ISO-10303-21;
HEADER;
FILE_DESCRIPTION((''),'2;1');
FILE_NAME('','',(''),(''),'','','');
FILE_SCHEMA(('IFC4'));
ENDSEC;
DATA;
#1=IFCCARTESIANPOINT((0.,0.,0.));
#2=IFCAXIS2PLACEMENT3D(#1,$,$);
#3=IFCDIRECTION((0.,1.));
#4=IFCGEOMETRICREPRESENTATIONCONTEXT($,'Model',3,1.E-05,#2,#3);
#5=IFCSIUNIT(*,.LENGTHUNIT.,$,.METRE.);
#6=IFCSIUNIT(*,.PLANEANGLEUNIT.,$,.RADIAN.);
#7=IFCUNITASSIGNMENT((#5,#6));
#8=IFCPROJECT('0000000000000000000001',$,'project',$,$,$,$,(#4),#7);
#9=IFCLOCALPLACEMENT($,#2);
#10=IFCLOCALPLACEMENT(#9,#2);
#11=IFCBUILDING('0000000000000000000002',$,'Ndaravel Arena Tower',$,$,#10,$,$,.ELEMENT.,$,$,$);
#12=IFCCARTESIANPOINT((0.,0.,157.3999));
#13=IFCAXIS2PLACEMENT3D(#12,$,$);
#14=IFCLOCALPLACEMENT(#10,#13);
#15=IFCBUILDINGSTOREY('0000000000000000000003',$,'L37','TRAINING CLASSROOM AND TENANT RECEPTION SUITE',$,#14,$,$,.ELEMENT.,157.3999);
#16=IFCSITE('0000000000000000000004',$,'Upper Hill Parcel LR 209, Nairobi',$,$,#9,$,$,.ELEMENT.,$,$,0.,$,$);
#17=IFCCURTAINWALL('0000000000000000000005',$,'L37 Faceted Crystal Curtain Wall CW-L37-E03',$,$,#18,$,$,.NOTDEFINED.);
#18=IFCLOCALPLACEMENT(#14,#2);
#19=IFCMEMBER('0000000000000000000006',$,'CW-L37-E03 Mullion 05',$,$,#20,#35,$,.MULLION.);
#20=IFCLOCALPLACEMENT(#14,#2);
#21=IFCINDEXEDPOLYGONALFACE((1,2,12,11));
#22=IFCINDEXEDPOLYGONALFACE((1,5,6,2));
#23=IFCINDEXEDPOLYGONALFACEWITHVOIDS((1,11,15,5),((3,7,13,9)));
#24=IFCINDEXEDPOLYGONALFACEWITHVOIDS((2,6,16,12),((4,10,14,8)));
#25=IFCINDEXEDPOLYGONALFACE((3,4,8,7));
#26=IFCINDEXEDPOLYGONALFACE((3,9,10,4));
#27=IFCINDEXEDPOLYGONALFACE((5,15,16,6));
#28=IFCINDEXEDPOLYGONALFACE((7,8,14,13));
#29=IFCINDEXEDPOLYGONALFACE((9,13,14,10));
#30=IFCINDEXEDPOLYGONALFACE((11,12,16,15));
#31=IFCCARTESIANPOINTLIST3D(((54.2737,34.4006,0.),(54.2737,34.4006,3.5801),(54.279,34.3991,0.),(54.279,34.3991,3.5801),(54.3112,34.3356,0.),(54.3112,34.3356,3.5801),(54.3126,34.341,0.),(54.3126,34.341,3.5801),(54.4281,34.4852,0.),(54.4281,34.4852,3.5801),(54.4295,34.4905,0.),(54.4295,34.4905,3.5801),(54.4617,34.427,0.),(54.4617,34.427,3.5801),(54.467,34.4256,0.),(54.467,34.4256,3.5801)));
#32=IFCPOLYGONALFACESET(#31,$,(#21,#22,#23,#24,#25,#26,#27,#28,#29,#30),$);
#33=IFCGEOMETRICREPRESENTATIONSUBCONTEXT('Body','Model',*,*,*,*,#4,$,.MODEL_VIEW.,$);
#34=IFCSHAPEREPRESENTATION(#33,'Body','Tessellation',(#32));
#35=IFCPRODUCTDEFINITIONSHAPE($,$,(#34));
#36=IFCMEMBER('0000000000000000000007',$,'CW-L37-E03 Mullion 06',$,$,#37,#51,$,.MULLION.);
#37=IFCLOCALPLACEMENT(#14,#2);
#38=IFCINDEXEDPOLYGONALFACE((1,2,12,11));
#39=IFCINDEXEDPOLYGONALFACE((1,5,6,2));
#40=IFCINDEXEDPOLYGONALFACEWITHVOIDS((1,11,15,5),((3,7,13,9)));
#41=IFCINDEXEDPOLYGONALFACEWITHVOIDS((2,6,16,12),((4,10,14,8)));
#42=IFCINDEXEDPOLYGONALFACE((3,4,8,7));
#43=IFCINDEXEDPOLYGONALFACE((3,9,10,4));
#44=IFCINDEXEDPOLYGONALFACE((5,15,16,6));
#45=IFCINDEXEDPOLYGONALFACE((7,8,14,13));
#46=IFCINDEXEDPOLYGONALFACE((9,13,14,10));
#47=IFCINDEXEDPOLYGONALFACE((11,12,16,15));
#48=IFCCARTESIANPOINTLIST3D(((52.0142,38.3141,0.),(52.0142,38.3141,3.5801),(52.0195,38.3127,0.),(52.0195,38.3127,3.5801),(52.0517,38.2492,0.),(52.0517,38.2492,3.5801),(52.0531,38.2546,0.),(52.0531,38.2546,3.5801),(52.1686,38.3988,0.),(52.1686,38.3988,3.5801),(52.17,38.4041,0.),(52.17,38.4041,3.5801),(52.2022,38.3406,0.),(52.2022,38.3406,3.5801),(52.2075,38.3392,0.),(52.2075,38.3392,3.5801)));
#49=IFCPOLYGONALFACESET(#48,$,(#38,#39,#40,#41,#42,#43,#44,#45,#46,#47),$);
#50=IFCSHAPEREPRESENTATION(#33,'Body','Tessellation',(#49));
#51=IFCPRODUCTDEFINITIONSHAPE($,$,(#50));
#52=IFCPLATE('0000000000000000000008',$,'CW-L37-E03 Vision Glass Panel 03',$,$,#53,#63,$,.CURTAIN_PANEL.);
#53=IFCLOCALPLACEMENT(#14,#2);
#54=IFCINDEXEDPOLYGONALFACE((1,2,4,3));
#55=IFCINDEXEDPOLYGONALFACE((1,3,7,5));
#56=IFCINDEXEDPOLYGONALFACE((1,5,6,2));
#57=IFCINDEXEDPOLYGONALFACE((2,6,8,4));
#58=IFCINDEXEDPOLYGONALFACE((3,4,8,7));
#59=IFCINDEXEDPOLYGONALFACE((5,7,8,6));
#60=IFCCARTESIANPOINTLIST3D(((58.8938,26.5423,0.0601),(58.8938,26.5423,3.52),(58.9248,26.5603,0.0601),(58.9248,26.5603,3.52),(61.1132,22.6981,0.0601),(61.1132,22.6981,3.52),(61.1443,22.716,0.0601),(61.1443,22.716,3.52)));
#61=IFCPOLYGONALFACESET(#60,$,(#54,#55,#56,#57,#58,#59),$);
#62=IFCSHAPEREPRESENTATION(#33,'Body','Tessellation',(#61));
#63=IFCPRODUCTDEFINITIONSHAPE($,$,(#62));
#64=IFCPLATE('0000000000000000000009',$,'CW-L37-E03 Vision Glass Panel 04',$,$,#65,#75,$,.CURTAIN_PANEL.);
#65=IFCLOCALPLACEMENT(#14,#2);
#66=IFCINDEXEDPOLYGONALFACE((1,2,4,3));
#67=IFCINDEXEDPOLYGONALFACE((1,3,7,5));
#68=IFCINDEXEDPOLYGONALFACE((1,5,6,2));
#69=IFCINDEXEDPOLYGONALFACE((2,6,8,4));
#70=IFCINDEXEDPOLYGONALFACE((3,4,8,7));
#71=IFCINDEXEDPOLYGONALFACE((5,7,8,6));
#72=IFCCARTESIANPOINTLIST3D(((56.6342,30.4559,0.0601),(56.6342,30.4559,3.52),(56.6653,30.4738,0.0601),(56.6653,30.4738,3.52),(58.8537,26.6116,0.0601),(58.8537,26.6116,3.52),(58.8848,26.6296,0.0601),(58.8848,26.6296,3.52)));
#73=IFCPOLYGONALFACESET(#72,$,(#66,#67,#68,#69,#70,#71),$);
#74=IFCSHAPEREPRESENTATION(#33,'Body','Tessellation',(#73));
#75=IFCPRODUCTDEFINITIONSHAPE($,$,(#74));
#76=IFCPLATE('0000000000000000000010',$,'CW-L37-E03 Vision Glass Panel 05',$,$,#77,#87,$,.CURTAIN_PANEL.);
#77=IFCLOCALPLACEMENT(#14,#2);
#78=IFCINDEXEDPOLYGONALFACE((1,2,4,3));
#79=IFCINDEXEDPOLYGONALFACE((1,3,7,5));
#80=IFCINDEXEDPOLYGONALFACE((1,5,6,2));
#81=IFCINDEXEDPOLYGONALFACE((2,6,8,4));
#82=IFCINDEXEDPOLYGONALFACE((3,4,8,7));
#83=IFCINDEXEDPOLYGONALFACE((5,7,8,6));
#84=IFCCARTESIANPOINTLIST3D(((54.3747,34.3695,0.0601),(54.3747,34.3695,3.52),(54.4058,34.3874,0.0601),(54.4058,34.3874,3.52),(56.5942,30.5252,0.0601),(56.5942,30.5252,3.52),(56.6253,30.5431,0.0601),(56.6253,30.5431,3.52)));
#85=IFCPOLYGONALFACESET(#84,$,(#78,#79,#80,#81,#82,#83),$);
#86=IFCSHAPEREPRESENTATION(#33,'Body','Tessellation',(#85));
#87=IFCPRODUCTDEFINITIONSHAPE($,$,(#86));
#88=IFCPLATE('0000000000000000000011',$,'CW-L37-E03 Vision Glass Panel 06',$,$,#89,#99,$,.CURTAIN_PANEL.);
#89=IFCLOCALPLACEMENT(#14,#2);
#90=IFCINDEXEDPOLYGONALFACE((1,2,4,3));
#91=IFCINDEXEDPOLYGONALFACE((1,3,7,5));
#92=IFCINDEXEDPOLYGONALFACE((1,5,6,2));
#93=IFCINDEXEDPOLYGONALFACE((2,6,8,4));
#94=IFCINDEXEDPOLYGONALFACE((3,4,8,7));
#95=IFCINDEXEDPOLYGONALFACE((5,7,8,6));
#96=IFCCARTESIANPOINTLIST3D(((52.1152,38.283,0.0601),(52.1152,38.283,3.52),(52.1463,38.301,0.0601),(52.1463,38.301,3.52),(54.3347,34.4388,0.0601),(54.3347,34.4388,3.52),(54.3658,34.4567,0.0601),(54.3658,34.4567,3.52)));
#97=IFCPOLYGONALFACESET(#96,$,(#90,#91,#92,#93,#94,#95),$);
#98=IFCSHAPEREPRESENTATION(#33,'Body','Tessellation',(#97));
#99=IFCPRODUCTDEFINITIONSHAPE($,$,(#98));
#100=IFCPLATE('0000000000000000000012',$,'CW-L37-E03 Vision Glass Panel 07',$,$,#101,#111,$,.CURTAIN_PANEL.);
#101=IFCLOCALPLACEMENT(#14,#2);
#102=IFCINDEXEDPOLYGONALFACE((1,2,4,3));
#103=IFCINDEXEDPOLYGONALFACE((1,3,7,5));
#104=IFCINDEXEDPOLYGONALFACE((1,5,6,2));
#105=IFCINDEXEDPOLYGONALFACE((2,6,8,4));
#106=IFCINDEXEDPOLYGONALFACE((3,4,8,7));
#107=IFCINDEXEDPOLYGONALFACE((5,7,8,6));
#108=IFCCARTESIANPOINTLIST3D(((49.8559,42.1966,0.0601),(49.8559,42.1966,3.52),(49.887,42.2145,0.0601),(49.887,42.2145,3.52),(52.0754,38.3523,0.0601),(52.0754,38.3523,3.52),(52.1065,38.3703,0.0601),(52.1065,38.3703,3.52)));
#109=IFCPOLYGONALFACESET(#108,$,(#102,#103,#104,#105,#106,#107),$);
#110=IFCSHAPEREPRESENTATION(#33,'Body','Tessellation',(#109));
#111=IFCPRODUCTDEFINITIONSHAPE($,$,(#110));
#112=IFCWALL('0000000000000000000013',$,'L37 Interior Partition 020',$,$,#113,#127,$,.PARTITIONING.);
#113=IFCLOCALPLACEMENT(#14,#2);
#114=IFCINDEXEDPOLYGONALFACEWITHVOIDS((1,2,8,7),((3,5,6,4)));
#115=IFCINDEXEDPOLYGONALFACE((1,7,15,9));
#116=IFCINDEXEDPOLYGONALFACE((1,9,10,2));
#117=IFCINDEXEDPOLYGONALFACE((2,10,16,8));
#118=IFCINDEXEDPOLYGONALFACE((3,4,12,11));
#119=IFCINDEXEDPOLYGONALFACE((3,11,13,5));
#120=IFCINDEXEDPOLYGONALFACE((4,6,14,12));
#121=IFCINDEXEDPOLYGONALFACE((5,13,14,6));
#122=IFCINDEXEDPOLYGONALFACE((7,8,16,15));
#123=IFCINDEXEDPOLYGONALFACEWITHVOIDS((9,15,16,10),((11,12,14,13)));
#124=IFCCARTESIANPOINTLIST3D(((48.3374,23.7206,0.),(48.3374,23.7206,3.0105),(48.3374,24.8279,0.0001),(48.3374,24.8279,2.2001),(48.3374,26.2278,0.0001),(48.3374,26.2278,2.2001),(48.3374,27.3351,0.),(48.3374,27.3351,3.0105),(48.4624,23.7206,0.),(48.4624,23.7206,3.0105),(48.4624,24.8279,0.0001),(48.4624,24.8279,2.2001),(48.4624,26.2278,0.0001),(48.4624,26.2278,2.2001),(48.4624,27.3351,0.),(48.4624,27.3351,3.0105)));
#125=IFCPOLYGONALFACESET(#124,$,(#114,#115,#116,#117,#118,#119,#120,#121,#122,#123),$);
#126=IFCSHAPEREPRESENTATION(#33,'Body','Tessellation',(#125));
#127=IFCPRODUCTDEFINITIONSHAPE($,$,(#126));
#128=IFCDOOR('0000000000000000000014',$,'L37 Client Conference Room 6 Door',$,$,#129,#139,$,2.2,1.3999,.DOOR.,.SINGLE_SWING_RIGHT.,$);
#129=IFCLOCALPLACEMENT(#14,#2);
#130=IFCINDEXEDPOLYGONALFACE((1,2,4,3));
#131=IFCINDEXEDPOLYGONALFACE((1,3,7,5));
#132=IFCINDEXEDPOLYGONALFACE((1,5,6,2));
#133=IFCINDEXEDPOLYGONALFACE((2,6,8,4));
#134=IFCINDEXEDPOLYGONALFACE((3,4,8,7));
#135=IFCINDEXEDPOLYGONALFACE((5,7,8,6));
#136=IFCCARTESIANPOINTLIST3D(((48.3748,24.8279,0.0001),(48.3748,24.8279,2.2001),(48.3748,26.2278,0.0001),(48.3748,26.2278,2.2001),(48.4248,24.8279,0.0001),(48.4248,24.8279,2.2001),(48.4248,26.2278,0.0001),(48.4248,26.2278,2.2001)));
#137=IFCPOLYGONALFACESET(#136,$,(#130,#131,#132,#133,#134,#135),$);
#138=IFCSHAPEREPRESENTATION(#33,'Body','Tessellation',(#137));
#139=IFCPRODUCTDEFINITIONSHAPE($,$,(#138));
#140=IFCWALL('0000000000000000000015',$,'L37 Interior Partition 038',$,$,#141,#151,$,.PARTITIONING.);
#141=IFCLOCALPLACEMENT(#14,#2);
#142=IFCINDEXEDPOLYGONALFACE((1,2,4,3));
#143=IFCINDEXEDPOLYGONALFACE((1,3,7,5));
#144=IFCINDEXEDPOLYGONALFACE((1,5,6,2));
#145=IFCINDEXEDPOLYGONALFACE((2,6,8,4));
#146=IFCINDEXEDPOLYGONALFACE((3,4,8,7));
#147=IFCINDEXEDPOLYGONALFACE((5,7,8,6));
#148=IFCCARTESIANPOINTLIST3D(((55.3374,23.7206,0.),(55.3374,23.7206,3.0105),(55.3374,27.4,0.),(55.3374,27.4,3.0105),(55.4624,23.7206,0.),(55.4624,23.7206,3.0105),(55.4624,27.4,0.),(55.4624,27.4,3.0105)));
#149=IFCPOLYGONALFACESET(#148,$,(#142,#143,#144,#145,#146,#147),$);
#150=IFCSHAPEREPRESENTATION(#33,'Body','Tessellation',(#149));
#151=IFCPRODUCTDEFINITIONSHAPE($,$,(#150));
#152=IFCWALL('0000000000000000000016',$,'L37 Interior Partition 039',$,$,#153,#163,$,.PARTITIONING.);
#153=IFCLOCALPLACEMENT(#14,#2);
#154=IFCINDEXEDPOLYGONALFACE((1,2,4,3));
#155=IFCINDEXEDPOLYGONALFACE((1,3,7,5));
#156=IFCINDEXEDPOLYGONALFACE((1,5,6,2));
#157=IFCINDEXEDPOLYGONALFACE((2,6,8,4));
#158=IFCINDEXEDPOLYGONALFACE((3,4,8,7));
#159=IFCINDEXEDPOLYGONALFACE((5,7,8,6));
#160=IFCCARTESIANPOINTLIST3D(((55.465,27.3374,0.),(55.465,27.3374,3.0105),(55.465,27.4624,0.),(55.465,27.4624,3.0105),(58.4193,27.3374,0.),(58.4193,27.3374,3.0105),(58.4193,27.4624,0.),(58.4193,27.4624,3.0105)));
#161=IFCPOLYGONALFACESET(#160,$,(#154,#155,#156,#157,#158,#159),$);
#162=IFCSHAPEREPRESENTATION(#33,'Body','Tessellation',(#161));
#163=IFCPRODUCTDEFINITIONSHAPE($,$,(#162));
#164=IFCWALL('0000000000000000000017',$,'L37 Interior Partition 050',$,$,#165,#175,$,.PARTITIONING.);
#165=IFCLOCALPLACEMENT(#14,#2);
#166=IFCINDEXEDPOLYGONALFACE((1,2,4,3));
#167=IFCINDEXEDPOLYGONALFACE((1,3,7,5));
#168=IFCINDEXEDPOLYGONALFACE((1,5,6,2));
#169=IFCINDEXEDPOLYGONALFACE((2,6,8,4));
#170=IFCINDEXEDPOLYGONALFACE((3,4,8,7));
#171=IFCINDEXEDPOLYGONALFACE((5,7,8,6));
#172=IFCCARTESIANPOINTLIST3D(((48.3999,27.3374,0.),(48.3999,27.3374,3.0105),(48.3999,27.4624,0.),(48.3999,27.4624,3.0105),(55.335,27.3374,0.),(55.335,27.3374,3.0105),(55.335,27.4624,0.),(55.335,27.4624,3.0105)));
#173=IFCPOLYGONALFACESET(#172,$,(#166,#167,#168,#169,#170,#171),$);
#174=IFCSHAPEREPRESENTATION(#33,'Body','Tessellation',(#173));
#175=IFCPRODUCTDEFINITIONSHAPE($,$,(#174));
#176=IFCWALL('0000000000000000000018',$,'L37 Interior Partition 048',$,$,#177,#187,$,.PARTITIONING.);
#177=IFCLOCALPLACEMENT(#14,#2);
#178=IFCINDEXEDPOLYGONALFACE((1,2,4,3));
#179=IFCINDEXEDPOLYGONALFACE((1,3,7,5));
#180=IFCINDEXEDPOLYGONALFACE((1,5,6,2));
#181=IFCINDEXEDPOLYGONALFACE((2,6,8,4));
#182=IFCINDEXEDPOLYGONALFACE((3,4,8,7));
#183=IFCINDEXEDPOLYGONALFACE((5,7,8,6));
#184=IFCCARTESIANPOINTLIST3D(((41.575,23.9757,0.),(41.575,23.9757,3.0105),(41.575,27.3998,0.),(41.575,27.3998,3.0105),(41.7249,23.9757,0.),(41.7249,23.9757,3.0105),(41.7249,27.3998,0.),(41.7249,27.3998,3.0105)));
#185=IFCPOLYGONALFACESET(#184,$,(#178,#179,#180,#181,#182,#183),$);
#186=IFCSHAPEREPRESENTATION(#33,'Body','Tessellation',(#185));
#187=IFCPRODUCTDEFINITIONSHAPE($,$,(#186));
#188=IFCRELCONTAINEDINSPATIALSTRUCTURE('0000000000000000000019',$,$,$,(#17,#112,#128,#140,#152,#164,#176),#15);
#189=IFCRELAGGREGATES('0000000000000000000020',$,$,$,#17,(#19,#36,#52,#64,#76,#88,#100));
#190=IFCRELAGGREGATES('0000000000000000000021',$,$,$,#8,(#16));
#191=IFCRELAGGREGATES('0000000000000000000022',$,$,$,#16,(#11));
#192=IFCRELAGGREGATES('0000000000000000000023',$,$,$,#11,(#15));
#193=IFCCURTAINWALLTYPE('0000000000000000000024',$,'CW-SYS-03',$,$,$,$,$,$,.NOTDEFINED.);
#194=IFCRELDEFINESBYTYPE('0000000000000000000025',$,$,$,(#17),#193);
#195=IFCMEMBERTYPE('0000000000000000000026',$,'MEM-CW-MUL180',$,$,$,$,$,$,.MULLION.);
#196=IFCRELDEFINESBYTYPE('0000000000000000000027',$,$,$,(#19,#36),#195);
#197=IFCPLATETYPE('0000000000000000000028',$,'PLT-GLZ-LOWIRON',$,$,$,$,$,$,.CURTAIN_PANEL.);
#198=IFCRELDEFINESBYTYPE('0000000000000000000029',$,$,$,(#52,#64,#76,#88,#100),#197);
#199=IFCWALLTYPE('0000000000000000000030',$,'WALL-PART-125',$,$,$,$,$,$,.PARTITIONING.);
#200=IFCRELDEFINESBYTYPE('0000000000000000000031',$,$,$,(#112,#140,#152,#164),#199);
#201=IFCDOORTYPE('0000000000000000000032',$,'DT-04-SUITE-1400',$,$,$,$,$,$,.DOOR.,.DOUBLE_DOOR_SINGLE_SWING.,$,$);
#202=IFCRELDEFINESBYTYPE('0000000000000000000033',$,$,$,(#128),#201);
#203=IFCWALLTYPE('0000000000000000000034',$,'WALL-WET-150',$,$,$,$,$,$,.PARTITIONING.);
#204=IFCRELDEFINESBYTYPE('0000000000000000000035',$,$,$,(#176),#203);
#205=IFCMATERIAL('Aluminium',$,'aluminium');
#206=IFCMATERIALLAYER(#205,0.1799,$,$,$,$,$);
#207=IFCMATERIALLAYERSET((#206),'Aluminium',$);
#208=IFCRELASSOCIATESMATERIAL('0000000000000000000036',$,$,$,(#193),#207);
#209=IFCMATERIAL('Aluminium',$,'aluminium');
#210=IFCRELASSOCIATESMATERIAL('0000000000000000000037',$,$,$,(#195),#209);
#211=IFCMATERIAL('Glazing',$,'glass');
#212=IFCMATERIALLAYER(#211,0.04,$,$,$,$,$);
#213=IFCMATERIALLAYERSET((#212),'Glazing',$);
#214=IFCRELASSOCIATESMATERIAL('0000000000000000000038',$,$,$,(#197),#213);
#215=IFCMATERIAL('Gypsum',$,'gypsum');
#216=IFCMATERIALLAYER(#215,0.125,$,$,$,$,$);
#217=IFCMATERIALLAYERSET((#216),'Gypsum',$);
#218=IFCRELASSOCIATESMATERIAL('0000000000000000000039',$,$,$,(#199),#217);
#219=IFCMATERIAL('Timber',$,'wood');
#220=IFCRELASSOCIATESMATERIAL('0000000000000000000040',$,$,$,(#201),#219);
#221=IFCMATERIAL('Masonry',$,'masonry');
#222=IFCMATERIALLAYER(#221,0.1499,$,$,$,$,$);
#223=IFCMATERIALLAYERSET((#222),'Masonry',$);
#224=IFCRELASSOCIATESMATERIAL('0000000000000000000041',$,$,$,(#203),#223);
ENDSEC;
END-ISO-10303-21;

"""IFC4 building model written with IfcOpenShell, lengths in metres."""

from ifc_helpers import new_model, si_unit, direction, frame, frame_2d, origin, origin_2d, place, context, subcontext, project, spatial, rectangle, hollow_rectangle, extrude, material, layer, layer_set, material_profile, profile_set, type_object, element, fill, aggregate, save


model = new_model("IFC4")

# Units and contexts
model_context = context("Model", 3, precision=1e-05, world=origin(), true_north=direction((0.0, 1.0)))
body_context = subcontext(model_context, "Body", "Model", "MODEL_VIEW")
ifc_project = project(units=[si_unit("LENGTHUNIT", "METRE"), si_unit("PLANEANGLEUNIT", "RADIAN")], contexts=[model_context])

# Site, building, storey
site_placement = place(None, origin())
site = spatial("IfcSite", under=ifc_project, at=site_placement, Name="Upper Hill Parcel LR 209, Nairobi", CompositionType="ELEMENT", RefElevation=0.0)
building_placement = place(site_placement, origin())
building = spatial("IfcBuilding", under=site, at=building_placement, Name="Ndaravel Arena Tower", CompositionType="ELEMENT")
storey_placement = place(building_placement, frame((0.0, 0.0, 157.3999)))
storey = spatial("IfcBuildingStorey", under=building, at=storey_placement, Name="L37", Description="TRAINING CLASSROOM AND TENANT RECEPTION SUITE", CompositionType="ELEMENT", Elevation=157.3999)

# Curtain wall, members, plates
ifc_material_1 = material(Name="Aluminium", Category="aluminium")
ifc_layer_1 = layer(ifc_material_1, 0.1799)
ifc_layer_set_1 = layer_set([ifc_layer_1], Name="Aluminium")
curtain_wall_type = type_object("IfcCurtainWallType", Name="CW-SYS-03", PredefinedType="NOTDEFINED", material=ifc_layer_set_1)
curtain_wall_placement = place(storey_placement, origin())
curtain_wall = element("IfcCurtainWall", 1, at=curtain_wall_placement, inside=storey, type_object=curtain_wall_type, Name="L37 Faceted Crystal Curtain Wall CW-L37-E03", PredefinedType="NOTDEFINED")
ifc_material_2 = material(Name="Aluminium", Category="aluminium")
ifc_material_profile_1 = material_profile(ifc_material_2, hollow_rectangle(XDim=0.075, YDim=0.1799, WallThickness=0.0039, at=origin_2d()), Name="CW MULLION 75x180x4")
ifc_profile_set_1 = profile_set([ifc_material_profile_1], Name="Aluminium")
member_type = type_object("IfcMemberType", Name="MEM-CW-MUL180", PredefinedType="MULLION", material=ifc_profile_set_1)
member_1_placement = place(storey_placement, frame((54.3704, 34.4131, 0.0), z_axis=(0.0, 0.0, 1.0), x_axis=(-0.5, 0.866025, 0.0)))
member_1 = element("IfcMember", 2, at=member_1_placement, type_object=member_type, Name="CW-L37-E03 Mullion 05", PredefinedType="MULLION", context=body_context, shape_type="SweptSolid", body=[
    extrude(hollow_rectangle(XDim=0.075, YDim=0.1799, WallThickness=0.0039, at=origin_2d()), origin(), (0.0, 0.0, 1.0), 3.5801),
])
member_2_placement = place(storey_placement, frame((52.1108, 38.3267, 0.0), z_axis=(0.0, 0.0, 1.0), x_axis=(-0.5, 0.866025, 0.0)))
member_2 = element("IfcMember", 3, at=member_2_placement, type_object=member_type, Name="CW-L37-E03 Mullion 06", PredefinedType="MULLION", context=body_context, shape_type="SweptSolid", body=[
    extrude(hollow_rectangle(XDim=0.075, YDim=0.1799, WallThickness=0.0039, at=origin_2d()), origin(), (0.0, 0.0, 1.0), 3.5801),
])
ifc_material_3 = material(Name="Glazing", Category="glass")
ifc_layer_2 = layer(ifc_material_3, 0.04)
ifc_layer_set_2 = layer_set([ifc_layer_2], Name="Glazing")
plate_type = type_object("IfcPlateType", Name="PLT-GLZ-LOWIRON", PredefinedType="CURTAIN_PANEL", material=ifc_layer_set_2)
plate_1_placement = place(storey_placement, frame((60.019, 24.6292, 0.0601), z_axis=(0.0, 0.0, 1.0), x_axis=(-0.5, 0.866025, 0.0)))
plate_1 = element("IfcPlate", 4, at=plate_1_placement, type_object=plate_type, Name="CW-L37-E03 Vision Glass Panel 03", PredefinedType="CURTAIN_PANEL", context=body_context, shape_type="SweptSolid", body=[
    extrude(rectangle(XDim=4.439, YDim=0.0359, at=origin_2d()), origin(), (0.0, 0.0, 1.0), 3.46),
])
plate_2_placement = place(storey_placement, frame((57.7595, 28.5427, 0.0601), z_axis=(0.0, 0.0, 1.0), x_axis=(-0.5, 0.866025, 0.0)))
plate_2 = element("IfcPlate", 5, at=plate_2_placement, type_object=plate_type, Name="CW-L37-E03 Vision Glass Panel 04", PredefinedType="CURTAIN_PANEL", context=body_context, shape_type="SweptSolid", body=[
    extrude(rectangle(XDim=4.439, YDim=0.0359, at=origin_2d()), origin(), (0.0, 0.0, 1.0), 3.46),
])
plate_3_placement = place(storey_placement, frame((55.5, 32.4563, 0.0601), z_axis=(0.0, 0.0, 1.0), x_axis=(-0.5, 0.866025, 0.0)))
plate_3 = element("IfcPlate", 6, at=plate_3_placement, type_object=plate_type, Name="CW-L37-E03 Vision Glass Panel 05", PredefinedType="CURTAIN_PANEL", context=body_context, shape_type="SweptSolid", body=[
    extrude(rectangle(XDim=4.439, YDim=0.0359, at=origin_2d()), origin(), (0.0, 0.0, 1.0), 3.46),
])
plate_4_placement = place(storey_placement, frame((53.2405, 36.3699, 0.0601), z_axis=(0.0, 0.0, 1.0), x_axis=(-0.5, 0.866025, 0.0)))
plate_4 = element("IfcPlate", 7, at=plate_4_placement, type_object=plate_type, Name="CW-L37-E03 Vision Glass Panel 06", PredefinedType="CURTAIN_PANEL", context=body_context, shape_type="SweptSolid", body=[
    extrude(rectangle(XDim=4.439, YDim=0.0359, at=origin_2d()), origin(), (0.0, 0.0, 1.0), 3.46),
])
plate_5_placement = place(storey_placement, frame((50.9812, 40.2834, 0.0601), z_axis=(0.0, 0.0, 1.0), x_axis=(-0.5, 0.866025, 0.0)))
plate_5 = element("IfcPlate", 8, at=plate_5_placement, type_object=plate_type, Name="CW-L37-E03 Vision Glass Panel 07", PredefinedType="CURTAIN_PANEL", context=body_context, shape_type="SweptSolid", body=[
    extrude(rectangle(XDim=4.439, YDim=0.0359, at=origin_2d()), origin(), (0.0, 0.0, 1.0), 3.46),
])
aggregate(curtain_wall, [member_1, member_2, plate_1, plate_2, plate_3, plate_4, plate_5])

# Wall, opening, door
ifc_material_4 = material(Name="Gypsum", Category="gypsum")
ifc_layer_3 = layer(ifc_material_4, 0.125)
ifc_layer_set_3 = layer_set([ifc_layer_3], Name="Gypsum")
wall_type_1 = type_object("IfcWallType", Name="WALL-PART-125", PredefinedType="PARTITIONING", material=ifc_layer_set_3)
wall_1_placement = place(storey_placement, frame((48.3999, 27.335, 0.0), z_axis=(0.0, 0.0, 1.0), x_axis=(0.0, -1.0, 0.0)))
wall_1 = element("IfcWall", 9, at=wall_1_placement, inside=storey, type_object=wall_type_1, Name="L37 Interior Partition 020", PredefinedType="PARTITIONING", context=body_context, shape_type="SweptSolid", body=[
    extrude(rectangle(XDim=3.6145, YDim=0.125, at=frame_2d((1.8071, 0.0))), origin(), (0.0, 0.0, 1.0), 3.0105),
])
opening_1_placement = place(wall_1_placement, frame((1.1072, 0.0, 0.0)))
opening_1 = element("IfcOpeningElement", 10, at=opening_1_placement, cuts=wall_1, PredefinedType="OPENING", context=body_context, shape_type="SweptSolid", body=[
    extrude(rectangle(XDim=1.3999, YDim=2.2, at=frame_2d((0.7, 1.1001))), frame((0.0, 0.0625, 0.0), z_axis=(0.0, -1.0, 0.0), x_axis=(1.0, 0.0, 0.0)), (0.0, 0.0, 1.0), 0.125),
])
ifc_material_5 = material(Name="Timber", Category="wood")
door_type_1 = type_object("IfcDoorType", Name="DT-04-SUITE-1400", OperationType="DOUBLE_DOOR_SINGLE_SWING", PredefinedType="DOOR", material=ifc_material_5)
door_1_placement = place(opening_1_placement, origin())
door_1 = element("IfcDoor", 11, at=door_1_placement, inside=storey, type_object=door_type_1, Name="L37 Client Conference Room 6 Door", OperationType="SINGLE_SWING_RIGHT", OverallHeight=2.2, OverallWidth=1.3999, PredefinedType="DOOR", context=body_context, shape_type="SweptSolid", body=[
    extrude(rectangle(XDim=1.3999, YDim=2.2, at=frame_2d((0.7, 1.1001))), frame((0.0, 0.0249, 0.0), z_axis=(0.0, -1.0, 0.0), x_axis=(1.0, 0.0, 0.0)), (0.0, 0.0, 1.0), 0.05),
])
fill(opening_1, door_1)

# Walls
wall_2_placement = place(storey_placement, frame((55.3999, 23.7205, 0.0), z_axis=(0.0, 0.0, 1.0), x_axis=(0.0, 1.0, 0.0)))
element("IfcWall", 12, at=wall_2_placement, inside=storey, type_object=wall_type_1, Name="L37 Interior Partition 038", PredefinedType="PARTITIONING", context=body_context, shape_type="SweptSolid", body=[
    extrude(rectangle(XDim=3.6794, YDim=0.125, at=frame_2d((1.8398, 0.0))), origin(), (0.0, 0.0, 1.0), 3.0105),
])
wall_3_placement = place(storey_placement, frame((55.4651, 27.3999, 0.0), z_axis=(0.0, 0.0, 1.0), x_axis=(1.0, 0.0, 0.0)))
element("IfcWall", 13, at=wall_3_placement, inside=storey, type_object=wall_type_1, Name="L37 Interior Partition 039", PredefinedType="PARTITIONING", context=body_context, shape_type="SweptSolid", body=[
    extrude(rectangle(XDim=2.9543, YDim=0.125, at=frame_2d((1.4771, 0.0))), origin(), (0.0, 0.0, 1.0), 3.0105),
])
wall_4_placement = place(storey_placement, frame((48.3999, 27.3999, 0.0), z_axis=(0.0, 0.0, 1.0), x_axis=(1.0, 0.0, 0.0)))
element("IfcWall", 14, at=wall_4_placement, inside=storey, type_object=wall_type_1, Name="L37 Interior Partition 050", PredefinedType="PARTITIONING", context=body_context, shape_type="SweptSolid", body=[
    extrude(rectangle(XDim=6.9351, YDim=0.125, at=frame_2d((3.4675, 0.0))), origin(), (0.0, 0.0, 1.0), 3.0105),
])

# Shared definitions
ifc_material_6 = material(Name="Masonry", Category="masonry")
ifc_layer_4 = layer(ifc_material_6, 0.1499)
ifc_layer_set_4 = layer_set([ifc_layer_4], Name="Masonry")
wall_type_2 = type_object("IfcWallType", Name="WALL-WET-150", PredefinedType="PARTITIONING", material=ifc_layer_set_4)

# Wall
wall_5_placement = place(storey_placement, frame((41.6499, 23.9758, 0.0), z_axis=(0.0, 0.0, 1.0), x_axis=(0.0, 1.0, 0.0)))
element("IfcWall", 15, at=wall_5_placement, inside=storey, type_object=wall_type_2, Name="L37 Interior Partition 048", PredefinedType="PARTITIONING", context=body_context, shape_type="SweptSolid", body=[
    extrude(rectangle(XDim=3.4241, YDim=0.1499, at=frame_2d((1.7119, 0.0))), origin(), (0.0, 0.0, 1.0), 3.0105),
])

save(model, "model.ifc")
